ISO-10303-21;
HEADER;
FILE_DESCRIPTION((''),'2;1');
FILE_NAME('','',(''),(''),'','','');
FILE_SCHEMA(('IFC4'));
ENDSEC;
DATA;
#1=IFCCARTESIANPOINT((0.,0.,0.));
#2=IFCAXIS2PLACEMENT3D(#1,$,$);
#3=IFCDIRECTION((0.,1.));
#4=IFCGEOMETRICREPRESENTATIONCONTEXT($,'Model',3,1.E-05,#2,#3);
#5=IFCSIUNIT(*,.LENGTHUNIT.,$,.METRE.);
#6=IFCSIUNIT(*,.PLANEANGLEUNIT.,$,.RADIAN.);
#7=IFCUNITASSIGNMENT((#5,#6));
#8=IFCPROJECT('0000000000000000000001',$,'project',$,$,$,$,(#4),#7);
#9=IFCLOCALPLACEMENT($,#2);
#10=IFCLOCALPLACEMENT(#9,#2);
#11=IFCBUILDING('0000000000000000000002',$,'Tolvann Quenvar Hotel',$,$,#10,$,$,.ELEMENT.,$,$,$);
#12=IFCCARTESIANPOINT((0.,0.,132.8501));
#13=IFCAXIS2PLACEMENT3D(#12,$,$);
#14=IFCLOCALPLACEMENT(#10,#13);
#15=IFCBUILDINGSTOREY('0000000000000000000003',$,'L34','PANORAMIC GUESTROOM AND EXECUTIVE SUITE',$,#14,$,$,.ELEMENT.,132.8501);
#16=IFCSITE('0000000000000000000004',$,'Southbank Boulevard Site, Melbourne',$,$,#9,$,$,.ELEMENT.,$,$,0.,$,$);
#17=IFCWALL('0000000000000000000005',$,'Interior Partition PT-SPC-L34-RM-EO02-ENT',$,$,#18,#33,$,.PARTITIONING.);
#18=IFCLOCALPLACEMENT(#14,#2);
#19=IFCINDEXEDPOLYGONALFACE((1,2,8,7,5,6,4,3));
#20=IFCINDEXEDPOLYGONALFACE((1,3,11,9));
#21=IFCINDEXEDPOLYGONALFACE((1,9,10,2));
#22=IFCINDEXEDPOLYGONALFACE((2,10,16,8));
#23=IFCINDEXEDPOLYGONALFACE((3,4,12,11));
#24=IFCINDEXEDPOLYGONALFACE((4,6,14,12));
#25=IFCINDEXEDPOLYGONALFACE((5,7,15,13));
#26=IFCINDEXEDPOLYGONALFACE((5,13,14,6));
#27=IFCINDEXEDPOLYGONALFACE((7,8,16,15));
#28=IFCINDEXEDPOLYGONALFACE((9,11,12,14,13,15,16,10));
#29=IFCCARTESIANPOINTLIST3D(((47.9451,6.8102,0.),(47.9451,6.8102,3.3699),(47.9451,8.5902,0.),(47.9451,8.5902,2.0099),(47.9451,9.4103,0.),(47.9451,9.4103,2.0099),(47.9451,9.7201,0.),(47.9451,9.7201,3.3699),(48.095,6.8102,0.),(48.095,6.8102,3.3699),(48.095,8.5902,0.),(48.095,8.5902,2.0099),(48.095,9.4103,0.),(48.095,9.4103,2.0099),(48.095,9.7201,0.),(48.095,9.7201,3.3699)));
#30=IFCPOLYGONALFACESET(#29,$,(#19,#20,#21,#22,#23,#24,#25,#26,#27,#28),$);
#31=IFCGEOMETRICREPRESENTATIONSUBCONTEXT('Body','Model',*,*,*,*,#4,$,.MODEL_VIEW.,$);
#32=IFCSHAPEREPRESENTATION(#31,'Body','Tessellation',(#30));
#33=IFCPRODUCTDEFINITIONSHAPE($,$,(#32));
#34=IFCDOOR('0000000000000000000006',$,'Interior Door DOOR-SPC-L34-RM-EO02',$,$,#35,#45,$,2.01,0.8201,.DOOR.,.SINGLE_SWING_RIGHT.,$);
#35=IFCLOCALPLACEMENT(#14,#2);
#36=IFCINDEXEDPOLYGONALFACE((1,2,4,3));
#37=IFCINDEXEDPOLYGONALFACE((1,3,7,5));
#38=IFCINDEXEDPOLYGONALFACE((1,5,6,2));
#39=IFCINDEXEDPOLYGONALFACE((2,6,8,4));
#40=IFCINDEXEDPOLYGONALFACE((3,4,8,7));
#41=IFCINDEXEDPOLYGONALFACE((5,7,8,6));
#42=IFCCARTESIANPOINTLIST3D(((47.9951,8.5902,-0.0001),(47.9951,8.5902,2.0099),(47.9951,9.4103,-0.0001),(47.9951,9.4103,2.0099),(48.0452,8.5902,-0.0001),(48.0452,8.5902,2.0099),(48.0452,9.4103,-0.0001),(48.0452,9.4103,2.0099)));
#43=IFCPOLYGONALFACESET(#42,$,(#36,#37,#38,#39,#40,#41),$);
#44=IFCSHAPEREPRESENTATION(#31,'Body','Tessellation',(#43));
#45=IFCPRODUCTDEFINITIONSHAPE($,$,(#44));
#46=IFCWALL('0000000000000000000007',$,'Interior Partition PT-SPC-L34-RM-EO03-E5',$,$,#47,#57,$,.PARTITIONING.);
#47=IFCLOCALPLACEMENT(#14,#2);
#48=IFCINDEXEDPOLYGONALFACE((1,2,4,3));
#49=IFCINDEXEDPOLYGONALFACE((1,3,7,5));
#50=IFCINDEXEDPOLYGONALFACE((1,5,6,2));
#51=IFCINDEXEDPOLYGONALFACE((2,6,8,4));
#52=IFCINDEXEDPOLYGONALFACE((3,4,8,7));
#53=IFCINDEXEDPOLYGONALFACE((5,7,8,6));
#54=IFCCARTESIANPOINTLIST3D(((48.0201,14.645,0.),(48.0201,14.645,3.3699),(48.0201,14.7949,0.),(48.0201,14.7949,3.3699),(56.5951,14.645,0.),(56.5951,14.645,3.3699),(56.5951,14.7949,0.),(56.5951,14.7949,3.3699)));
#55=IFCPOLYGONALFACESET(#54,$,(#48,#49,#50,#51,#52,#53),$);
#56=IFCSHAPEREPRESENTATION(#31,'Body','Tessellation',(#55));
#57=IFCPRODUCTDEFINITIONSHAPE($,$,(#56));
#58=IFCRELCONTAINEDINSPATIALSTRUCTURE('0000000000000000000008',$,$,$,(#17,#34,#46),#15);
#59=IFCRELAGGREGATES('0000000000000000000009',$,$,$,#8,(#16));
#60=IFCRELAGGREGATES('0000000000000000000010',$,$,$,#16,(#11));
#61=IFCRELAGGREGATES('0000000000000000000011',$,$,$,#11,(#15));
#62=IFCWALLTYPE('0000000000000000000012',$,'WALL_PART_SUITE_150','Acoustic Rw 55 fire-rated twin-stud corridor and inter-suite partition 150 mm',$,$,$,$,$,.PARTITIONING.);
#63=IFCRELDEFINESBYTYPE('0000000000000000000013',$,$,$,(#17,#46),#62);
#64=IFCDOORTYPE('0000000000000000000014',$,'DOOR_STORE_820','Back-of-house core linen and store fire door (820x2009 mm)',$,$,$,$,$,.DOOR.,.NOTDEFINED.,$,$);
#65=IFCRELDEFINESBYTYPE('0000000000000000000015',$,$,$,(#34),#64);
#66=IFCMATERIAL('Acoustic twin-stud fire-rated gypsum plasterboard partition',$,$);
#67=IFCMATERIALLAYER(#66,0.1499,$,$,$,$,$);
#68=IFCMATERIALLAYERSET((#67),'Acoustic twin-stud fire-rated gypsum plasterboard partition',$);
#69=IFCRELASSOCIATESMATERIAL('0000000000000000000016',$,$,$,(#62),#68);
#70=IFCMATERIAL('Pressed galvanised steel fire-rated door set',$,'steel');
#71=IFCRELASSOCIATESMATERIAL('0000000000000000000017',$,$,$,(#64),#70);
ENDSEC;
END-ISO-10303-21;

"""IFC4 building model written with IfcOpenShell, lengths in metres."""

from ifc_helpers import new_model, si_unit, direction, frame, frame_2d, origin, place, context, subcontext, project, spatial, rectangle, extrude, source, transform, mapped, material, layer, layer_set, type_object, type_shapes, element, fill, save


model = new_model("IFC4")

# Units and contexts
model_context = context("Model", 3, precision=1e-05, world=origin(), true_north=direction((0.0, 1.0)))
body_context = subcontext(model_context, "Body", "Model", "MODEL_VIEW")
ifc_project = project(units=[si_unit("LENGTHUNIT", "METRE"), si_unit("PLANEANGLEUNIT", "RADIAN")], contexts=[model_context])

# Site, building, storey
site_placement = place(None, origin())
site = spatial("IfcSite", under=ifc_project, at=site_placement, Name="Southbank Boulevard Site, Melbourne", CompositionType="ELEMENT", RefElevation=0.0)
building_placement = place(site_placement, origin())
building = spatial("IfcBuilding", under=site, at=building_placement, Name="Tolvann Quenvar Hotel", CompositionType="ELEMENT")
storey_placement = place(building_placement, frame((0.0, 0.0, 132.8501)))
storey = spatial("IfcBuildingStorey", under=building, at=storey_placement, Name="L34", Description="PANORAMIC GUESTROOM AND EXECUTIVE SUITE", CompositionType="ELEMENT", Elevation=132.8501)

# Shared definitions
ifc_material_1 = material(Name="Acoustic twin-stud fire-rated gypsum plasterboard partition")
ifc_layer_1 = layer(ifc_material_1, 0.1499)
ifc_layer_set_1 = layer_set([ifc_layer_1], Name="Acoustic twin-stud fire-rated gypsum plasterboard partition")
wall_type_1 = type_object("IfcWallType", Name="WALL_PART_SUITE_150", Description="Acoustic Rw 55 fire-rated twin-stud corridor and inter-suite partition 150 mm", PredefinedType="PARTITIONING", material=ifc_layer_set_1)

# Wall, opening, door
wall_1_placement = place(storey_placement, frame((48.02, 6.8101, 0.0), z_axis=(0.0, 0.0, 1.0), x_axis=(0.0, 1.0, 0.0)))
wall_1 = element("IfcWall", 1, at=wall_1_placement, inside=storey, type_object=wall_type_1, Name="Interior Partition PT-SPC-L34-RM-EO02-ENT", PredefinedType="PARTITIONING", context=body_context, shape_type="SweptSolid", body=[
    extrude(rectangle(XDim=2.9099, YDim=0.1499, at=frame_2d((1.4551, 0.0))), origin(), (0.0, 0.0, 1.0), 3.3699),
])
opening_1_placement = place(wall_1_placement, frame((1.78, 0.0, 0.0)))
opening_1 = element("IfcOpeningElement", 2, at=opening_1_placement, cuts=wall_1, PredefinedType="OPENING", context=body_context, shape_type="SweptSolid", body=[
    extrude(rectangle(XDim=0.8201, YDim=2.01, at=frame_2d((0.4102, 1.0049))), frame((0.0, 0.085, 0.0), z_axis=(0.0, -1.0, 0.0), x_axis=(1.0, 0.0, 0.0)), (0.0, 0.0, 1.0), 0.1699),
])
ifc_material_2 = material(Name="Pressed galvanised steel fire-rated door set", Category="steel")
door_type_1 = type_object("IfcDoorType", Name="DOOR_STORE_820", Description="Back-of-house core linen and store fire door (820x2009 mm)", OperationType="NOTDEFINED", PredefinedType="DOOR", material=ifc_material_2)
shared_shape_1 = source(origin(), body_context, "Body", "SweptSolid", [
    extrude(rectangle(XDim=0.8201, YDim=2.01, at=frame_2d((0.4102, 1.0049))), frame((0.0, 0.0249, 0.0), z_axis=(0.0, -1.0, 0.0), x_axis=(1.0, 0.0, 0.0)), (0.0, 0.0, 1.0), 0.05),
])
type_shapes(door_type_1, [shared_shape_1])
door_1_placement = place(opening_1_placement, origin())
door_1 = element("IfcDoor", 3, at=door_1_placement, inside=storey, type_object=door_type_1, Name="Interior Door DOOR-SPC-L34-RM-EO02", OperationType="SINGLE_SWING_RIGHT", OverallHeight=2.01, OverallWidth=0.8201, PredefinedType="DOOR", context=body_context, shape_type="MappedRepresentation", body=[
    mapped(shared_shape_1, transform((0.0, 0.0, 0.0), x_axis=(1.0, 0.0, 0.0), y_axis=(0.0, 1.0, 0.0), z_axis=(0.0, 0.0, 1.0), scale=1.0)),
])
fill(opening_1, door_1)

# Wall
wall_2_placement = place(storey_placement, frame((48.02, 14.72, 0.0), z_axis=(0.0, 0.0, 1.0), x_axis=(1.0, 0.0, 0.0)))
element("IfcWall", 4, at=wall_2_placement, inside=storey, type_object=wall_type_1, Name="Interior Partition PT-SPC-L34-RM-EO03-E5", PredefinedType="PARTITIONING", context=body_context, shape_type="SweptSolid", body=[
    extrude(rectangle(XDim=8.575, YDim=0.1499, at=frame_2d((4.2876, 0.0))), origin(), (0.0, 0.0, 1.0), 3.3699),
])

save(model, "model.ifc")
